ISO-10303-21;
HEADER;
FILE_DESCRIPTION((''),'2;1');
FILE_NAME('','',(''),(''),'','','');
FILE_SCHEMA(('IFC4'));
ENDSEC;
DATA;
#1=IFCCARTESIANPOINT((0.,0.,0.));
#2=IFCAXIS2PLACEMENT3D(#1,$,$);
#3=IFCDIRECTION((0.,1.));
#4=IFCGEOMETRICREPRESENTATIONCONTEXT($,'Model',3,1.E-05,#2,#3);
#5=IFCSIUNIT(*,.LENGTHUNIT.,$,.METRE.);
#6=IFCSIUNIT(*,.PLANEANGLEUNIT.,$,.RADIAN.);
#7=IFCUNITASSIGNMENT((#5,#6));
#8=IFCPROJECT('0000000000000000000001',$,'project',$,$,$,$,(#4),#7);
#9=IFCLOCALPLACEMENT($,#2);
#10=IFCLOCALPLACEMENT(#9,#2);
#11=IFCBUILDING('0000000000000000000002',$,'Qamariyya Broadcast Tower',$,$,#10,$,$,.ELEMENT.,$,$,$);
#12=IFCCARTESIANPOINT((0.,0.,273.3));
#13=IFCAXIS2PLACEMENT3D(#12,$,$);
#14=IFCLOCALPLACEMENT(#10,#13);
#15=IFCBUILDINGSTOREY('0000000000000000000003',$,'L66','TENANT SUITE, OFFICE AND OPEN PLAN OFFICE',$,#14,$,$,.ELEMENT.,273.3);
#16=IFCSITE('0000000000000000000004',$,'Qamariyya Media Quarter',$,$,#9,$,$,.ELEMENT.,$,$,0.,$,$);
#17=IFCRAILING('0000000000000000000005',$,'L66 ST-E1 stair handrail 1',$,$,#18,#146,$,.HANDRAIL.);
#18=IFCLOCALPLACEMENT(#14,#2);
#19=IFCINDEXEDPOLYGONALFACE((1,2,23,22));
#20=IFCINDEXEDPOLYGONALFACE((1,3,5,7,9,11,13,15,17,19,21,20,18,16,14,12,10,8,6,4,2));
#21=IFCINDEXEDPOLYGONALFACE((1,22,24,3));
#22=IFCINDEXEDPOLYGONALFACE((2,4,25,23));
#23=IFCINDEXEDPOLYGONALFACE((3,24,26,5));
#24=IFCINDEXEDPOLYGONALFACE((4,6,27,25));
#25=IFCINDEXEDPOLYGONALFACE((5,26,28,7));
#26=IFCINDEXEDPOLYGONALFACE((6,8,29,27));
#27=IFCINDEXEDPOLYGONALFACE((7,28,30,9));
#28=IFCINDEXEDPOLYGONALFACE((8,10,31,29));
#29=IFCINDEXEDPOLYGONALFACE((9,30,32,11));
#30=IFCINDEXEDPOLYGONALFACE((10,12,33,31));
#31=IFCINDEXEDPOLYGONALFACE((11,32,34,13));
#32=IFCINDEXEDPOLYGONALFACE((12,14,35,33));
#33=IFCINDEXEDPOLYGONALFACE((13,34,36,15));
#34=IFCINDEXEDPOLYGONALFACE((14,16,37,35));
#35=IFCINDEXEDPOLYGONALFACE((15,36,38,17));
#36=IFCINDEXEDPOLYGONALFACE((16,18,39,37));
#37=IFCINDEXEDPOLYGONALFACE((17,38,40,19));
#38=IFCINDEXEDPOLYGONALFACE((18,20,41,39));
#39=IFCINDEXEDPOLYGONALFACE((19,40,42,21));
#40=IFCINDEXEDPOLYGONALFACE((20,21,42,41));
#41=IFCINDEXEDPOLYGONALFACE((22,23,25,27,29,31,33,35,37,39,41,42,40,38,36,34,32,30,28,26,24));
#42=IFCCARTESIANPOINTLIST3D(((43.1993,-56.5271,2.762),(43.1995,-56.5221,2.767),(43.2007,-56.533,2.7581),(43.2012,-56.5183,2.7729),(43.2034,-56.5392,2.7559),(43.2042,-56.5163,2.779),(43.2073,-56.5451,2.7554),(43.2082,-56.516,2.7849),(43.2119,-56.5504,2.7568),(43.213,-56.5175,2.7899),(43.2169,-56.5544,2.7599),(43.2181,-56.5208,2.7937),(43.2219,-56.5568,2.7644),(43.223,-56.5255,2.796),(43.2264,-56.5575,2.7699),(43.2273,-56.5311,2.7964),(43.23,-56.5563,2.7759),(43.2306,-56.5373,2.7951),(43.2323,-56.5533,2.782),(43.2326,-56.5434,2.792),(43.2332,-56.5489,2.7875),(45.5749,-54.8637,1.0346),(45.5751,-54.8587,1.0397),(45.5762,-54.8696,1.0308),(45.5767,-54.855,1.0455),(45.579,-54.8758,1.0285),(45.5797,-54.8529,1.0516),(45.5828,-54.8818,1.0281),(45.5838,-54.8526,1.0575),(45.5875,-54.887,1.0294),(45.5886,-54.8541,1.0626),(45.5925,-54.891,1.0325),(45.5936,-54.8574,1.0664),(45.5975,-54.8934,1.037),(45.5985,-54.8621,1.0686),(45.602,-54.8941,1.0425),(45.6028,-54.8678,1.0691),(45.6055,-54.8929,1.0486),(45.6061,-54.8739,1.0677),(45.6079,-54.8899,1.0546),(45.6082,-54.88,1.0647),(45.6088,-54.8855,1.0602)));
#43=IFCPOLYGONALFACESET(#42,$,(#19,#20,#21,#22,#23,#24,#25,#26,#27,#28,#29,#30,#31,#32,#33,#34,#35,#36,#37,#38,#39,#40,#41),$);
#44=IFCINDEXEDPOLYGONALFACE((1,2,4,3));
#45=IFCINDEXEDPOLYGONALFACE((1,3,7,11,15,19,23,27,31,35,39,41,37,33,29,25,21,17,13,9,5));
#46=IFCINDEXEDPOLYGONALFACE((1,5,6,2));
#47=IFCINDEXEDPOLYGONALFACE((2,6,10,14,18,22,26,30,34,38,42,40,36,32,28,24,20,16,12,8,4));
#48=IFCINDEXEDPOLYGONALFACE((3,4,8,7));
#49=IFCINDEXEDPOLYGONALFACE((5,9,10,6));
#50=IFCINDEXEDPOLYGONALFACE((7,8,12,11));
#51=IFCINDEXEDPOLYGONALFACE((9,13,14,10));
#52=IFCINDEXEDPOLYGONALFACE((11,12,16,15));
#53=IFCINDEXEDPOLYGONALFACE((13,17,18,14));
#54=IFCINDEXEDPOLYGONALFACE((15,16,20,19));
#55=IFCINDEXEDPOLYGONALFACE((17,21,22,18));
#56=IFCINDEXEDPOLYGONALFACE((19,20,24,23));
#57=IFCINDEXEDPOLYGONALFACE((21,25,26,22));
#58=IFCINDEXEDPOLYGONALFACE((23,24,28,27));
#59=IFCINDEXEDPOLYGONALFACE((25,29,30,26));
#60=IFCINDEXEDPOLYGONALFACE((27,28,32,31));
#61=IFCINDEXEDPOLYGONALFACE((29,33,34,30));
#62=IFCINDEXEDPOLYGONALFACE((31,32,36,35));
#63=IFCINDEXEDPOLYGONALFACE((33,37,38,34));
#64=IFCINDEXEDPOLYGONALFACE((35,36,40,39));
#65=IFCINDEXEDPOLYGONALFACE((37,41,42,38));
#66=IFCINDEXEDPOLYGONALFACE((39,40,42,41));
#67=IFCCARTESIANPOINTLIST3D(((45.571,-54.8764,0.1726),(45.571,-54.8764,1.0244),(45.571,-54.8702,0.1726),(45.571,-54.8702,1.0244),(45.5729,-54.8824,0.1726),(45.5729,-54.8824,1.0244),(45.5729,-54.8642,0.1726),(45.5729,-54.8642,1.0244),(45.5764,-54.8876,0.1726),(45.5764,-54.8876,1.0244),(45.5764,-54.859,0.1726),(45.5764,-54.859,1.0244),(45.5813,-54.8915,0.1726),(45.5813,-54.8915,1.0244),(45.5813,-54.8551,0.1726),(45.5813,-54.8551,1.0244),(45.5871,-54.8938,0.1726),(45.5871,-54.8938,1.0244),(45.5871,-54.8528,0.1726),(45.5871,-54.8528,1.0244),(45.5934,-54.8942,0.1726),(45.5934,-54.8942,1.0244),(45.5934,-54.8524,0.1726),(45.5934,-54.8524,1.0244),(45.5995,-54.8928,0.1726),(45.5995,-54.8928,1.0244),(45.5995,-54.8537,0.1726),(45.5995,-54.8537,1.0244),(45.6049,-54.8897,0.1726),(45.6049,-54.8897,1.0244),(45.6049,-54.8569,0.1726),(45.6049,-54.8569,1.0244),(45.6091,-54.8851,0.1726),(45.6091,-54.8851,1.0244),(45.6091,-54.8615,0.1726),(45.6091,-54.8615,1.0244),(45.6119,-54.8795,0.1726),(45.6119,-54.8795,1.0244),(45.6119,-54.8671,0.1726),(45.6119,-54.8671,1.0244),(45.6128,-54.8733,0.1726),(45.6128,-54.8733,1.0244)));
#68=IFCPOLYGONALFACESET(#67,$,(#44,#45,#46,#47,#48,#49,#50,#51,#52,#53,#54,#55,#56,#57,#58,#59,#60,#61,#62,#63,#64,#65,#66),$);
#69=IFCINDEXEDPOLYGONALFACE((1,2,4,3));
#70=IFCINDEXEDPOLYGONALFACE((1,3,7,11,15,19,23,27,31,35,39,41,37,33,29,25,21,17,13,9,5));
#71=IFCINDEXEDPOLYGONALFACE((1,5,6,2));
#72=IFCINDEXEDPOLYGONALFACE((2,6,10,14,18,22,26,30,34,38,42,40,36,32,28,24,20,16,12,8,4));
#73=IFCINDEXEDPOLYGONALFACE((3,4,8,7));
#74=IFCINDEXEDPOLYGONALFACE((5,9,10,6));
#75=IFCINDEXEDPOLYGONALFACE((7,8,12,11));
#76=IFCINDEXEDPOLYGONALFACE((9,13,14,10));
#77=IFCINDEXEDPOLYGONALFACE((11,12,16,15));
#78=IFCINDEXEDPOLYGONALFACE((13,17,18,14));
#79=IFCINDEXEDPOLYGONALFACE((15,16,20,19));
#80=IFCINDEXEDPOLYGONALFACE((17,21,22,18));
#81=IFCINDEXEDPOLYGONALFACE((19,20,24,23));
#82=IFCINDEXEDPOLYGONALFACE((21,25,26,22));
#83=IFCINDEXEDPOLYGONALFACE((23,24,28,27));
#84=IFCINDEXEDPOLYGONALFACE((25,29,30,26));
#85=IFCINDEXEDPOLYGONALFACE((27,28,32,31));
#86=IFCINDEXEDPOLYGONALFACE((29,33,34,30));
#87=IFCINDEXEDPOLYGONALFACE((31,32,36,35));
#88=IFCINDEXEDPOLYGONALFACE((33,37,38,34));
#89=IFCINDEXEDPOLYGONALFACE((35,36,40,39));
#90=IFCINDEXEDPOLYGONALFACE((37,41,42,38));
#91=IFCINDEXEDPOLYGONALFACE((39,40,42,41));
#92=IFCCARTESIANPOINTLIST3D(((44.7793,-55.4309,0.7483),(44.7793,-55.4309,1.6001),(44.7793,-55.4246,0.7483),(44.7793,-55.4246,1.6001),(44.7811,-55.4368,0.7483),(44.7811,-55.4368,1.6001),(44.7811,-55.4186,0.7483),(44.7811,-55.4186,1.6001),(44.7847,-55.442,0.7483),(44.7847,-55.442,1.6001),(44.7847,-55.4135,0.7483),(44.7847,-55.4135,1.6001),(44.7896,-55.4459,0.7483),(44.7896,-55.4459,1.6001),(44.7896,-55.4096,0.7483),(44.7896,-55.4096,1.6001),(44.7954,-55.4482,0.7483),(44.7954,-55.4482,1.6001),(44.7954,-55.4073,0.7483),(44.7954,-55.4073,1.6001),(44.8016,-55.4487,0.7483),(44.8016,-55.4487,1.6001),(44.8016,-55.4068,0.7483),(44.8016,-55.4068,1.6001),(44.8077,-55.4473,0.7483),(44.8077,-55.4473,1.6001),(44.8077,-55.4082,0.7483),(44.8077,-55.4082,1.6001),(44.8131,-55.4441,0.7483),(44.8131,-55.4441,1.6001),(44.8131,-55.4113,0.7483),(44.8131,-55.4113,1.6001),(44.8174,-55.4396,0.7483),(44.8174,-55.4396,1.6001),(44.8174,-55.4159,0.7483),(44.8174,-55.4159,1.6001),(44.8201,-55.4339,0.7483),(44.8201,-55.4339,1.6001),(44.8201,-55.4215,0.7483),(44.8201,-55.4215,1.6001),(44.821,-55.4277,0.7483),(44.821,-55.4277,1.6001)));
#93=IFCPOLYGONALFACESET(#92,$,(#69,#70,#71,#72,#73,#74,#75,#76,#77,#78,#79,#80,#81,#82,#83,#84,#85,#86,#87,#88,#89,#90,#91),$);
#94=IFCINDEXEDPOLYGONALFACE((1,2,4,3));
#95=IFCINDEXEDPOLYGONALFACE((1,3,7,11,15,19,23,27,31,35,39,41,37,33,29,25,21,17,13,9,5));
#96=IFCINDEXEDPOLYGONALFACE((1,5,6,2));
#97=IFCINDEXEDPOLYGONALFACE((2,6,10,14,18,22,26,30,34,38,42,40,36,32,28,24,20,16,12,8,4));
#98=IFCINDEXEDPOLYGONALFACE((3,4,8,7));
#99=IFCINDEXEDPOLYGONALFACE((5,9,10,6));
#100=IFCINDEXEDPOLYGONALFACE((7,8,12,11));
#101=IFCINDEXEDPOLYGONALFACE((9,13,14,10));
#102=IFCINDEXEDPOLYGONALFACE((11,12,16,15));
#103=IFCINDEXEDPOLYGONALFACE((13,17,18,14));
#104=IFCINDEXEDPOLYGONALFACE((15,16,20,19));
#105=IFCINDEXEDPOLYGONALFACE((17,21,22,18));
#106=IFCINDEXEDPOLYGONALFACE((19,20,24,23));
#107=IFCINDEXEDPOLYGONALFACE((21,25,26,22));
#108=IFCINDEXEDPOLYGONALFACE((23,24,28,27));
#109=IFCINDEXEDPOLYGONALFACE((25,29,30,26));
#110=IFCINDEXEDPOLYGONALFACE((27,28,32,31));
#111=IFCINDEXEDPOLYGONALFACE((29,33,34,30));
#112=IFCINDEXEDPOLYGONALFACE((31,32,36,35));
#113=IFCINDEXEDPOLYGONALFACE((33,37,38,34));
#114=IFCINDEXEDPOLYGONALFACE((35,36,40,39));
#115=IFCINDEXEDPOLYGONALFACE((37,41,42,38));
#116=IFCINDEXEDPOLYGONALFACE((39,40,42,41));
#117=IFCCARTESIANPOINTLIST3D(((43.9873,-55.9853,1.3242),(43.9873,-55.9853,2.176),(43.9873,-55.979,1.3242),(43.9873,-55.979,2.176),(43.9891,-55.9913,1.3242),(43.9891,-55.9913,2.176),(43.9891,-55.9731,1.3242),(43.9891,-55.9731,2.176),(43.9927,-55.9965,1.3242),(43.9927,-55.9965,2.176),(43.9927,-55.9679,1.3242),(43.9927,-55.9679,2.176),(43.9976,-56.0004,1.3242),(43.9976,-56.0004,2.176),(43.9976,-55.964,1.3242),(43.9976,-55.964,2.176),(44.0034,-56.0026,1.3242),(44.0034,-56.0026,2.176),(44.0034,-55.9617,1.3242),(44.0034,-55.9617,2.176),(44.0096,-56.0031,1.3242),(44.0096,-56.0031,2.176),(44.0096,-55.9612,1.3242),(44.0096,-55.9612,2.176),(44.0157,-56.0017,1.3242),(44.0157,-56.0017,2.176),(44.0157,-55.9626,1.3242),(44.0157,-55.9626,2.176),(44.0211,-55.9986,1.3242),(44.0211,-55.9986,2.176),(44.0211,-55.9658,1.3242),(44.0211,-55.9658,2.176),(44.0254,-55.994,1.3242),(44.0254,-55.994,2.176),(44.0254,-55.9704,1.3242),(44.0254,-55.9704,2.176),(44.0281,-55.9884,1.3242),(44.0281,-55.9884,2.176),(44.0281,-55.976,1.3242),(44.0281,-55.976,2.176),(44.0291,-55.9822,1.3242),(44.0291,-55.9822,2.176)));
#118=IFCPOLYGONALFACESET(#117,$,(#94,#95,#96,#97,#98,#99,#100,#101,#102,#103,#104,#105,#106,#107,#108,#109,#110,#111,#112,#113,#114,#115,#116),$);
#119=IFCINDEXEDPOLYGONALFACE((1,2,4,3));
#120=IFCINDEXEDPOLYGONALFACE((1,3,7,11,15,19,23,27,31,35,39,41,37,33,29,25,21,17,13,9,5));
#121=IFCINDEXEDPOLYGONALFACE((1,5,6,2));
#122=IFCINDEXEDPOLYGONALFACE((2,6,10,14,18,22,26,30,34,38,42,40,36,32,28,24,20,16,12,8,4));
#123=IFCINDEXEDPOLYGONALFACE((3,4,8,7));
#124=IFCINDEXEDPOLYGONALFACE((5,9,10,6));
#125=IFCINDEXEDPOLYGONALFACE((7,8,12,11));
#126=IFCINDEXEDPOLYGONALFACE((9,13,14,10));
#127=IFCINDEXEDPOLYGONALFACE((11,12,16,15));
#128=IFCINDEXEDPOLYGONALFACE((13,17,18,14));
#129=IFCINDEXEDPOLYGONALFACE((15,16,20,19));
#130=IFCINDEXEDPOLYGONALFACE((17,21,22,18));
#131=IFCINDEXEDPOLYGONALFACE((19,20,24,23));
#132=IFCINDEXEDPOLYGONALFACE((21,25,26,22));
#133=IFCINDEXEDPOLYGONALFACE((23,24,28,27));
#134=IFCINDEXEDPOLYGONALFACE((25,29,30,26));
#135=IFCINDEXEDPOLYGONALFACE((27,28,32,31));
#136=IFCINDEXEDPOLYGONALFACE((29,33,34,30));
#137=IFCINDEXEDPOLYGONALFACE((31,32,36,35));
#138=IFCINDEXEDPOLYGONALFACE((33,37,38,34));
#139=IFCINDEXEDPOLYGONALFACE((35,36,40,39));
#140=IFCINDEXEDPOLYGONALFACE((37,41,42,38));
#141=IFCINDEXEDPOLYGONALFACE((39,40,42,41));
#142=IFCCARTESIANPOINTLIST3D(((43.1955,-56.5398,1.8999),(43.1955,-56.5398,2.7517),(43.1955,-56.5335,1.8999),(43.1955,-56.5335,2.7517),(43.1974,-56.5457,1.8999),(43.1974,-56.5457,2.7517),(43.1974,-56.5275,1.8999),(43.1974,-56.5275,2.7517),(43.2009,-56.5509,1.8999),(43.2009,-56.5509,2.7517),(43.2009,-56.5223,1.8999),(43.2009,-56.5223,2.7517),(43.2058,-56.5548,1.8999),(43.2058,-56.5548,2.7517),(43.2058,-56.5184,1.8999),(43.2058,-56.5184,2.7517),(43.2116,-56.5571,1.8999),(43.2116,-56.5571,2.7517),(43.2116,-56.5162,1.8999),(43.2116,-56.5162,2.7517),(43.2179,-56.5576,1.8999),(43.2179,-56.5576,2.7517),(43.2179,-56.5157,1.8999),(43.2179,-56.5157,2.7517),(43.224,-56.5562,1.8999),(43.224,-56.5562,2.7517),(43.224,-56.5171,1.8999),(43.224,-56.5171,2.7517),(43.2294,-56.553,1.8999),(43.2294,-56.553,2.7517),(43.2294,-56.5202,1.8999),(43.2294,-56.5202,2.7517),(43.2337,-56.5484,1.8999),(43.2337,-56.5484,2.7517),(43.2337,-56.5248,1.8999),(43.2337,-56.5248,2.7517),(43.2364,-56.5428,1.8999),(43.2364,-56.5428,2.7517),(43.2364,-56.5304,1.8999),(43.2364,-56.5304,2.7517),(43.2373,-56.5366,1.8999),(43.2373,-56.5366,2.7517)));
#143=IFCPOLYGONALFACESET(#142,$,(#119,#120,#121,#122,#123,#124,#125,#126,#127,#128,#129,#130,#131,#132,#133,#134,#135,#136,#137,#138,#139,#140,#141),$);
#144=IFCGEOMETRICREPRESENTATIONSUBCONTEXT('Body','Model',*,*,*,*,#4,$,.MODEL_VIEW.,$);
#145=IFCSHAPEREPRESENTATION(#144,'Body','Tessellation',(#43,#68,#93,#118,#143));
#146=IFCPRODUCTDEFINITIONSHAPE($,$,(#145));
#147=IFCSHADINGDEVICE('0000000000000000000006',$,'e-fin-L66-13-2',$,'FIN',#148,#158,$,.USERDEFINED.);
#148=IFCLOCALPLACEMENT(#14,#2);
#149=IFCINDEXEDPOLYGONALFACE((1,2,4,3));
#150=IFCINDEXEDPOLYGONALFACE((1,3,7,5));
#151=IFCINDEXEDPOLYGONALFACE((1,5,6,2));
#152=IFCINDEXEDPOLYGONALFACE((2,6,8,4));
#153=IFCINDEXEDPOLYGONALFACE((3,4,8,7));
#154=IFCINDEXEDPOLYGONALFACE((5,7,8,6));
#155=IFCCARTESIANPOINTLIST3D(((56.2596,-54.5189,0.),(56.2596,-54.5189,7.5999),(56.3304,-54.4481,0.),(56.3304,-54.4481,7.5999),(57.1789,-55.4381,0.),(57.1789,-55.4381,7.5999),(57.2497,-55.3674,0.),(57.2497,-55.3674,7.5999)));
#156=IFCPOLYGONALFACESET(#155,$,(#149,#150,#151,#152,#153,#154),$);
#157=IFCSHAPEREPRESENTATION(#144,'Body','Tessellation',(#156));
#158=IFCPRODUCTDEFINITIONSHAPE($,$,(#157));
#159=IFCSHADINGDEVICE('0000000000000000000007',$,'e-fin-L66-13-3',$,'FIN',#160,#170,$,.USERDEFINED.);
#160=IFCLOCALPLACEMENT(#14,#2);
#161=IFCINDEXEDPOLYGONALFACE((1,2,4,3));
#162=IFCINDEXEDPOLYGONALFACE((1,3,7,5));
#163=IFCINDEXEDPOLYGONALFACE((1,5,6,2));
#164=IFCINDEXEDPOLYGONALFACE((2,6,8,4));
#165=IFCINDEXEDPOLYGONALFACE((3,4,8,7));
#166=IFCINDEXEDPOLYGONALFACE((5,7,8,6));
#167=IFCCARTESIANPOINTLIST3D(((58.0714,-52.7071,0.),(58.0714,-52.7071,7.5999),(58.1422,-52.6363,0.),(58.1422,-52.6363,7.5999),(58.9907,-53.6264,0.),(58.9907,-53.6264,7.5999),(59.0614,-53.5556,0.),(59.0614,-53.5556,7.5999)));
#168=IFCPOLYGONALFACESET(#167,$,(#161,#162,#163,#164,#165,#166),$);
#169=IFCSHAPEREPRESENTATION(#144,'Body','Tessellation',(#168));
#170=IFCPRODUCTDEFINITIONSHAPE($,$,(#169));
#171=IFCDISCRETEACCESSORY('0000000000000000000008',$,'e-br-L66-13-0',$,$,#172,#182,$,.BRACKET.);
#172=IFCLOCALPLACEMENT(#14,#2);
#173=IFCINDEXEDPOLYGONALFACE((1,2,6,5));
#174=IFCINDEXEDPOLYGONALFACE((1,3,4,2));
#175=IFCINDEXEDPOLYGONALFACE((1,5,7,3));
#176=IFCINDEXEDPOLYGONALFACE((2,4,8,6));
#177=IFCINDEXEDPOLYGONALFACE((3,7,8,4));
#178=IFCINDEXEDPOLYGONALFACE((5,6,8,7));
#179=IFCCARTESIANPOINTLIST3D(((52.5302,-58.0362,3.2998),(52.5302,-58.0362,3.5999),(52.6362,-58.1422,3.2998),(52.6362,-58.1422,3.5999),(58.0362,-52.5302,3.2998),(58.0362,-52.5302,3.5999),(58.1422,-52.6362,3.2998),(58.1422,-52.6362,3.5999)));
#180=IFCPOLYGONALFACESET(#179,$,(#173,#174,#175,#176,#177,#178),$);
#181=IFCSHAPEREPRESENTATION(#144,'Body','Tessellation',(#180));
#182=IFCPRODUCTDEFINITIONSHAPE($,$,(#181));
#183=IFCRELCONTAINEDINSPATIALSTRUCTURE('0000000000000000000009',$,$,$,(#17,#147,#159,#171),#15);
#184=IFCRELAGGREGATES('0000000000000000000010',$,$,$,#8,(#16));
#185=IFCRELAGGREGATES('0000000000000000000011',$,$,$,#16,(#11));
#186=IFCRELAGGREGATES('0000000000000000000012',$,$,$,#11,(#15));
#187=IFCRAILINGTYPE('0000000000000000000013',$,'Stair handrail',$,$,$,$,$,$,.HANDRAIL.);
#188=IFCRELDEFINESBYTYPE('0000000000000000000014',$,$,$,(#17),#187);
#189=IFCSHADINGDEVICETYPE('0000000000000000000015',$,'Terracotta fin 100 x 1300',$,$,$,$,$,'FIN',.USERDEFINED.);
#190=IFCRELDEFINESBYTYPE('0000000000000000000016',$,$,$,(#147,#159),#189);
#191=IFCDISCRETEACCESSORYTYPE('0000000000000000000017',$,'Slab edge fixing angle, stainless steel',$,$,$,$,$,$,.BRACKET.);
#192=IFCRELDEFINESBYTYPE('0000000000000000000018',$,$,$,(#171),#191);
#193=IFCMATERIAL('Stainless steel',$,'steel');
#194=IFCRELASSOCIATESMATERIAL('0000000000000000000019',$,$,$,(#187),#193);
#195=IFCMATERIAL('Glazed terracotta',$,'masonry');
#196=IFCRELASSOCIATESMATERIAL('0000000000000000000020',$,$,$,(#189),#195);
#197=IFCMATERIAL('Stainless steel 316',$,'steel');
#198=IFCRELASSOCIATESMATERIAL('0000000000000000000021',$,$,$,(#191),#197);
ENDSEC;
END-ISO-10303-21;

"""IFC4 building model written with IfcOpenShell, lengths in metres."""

from ifc_helpers import new_model, si_unit, direction, frame, origin, origin_2d, place, context, subcontext, project, spatial, rectangle, circle, extrude, material, material_profile, profile_set, type_object, element, save


model = new_model("IFC4")

# Units and contexts
model_context = context("Model", 3, precision=1e-05, world=origin(), true_north=direction((0.0, 1.0)))
body_context = subcontext(model_context, "Body", "Model", "MODEL_VIEW")
ifc_project = project(units=[si_unit("LENGTHUNIT", "METRE"), si_unit("PLANEANGLEUNIT", "RADIAN")], contexts=[model_context])

# Site, building, storey
site_placement = place(None, origin())
site = spatial("IfcSite", under=ifc_project, at=site_placement, Name="Qamariyya Media Quarter", CompositionType="ELEMENT", RefElevation=0.0)
building_placement = place(site_placement, origin())
building = spatial("IfcBuilding", under=site, at=building_placement, Name="Qamariyya Broadcast Tower", CompositionType="ELEMENT")
storey_placement = place(building_placement, frame((0.0, 0.0, 273.3)))
storey = spatial("IfcBuildingStorey", under=building, at=storey_placement, Name="L66", Description="TENANT SUITE, OFFICE AND OPEN PLAN OFFICE", CompositionType="ELEMENT", Elevation=273.3)

# Railing
ifc_material_1 = material(Name="Stainless steel", Category="steel")
railing_type_1 = type_object("IfcRailingType", Name="Stair handrail", PredefinedType="HANDRAIL", material=ifc_material_1)
railing_1_placement = place(storey_placement, frame((45.5918, -54.8733, 0.1726)))
element("IfcRailing", 1, at=railing_1_placement, inside=storey, type_object=railing_type_1, Name="L66 ST-E1 stair handrail 1", PredefinedType="HANDRAIL", context=body_context, shape_type="SweptSolid", body=[
    extrude(circle(Radius=0.0239, at=origin_2d()), frame((0.0, 0.0, 0.876), z_axis=(-0.70377, -0.492784, 0.511734), x_axis=(0.573575, -0.819153, 0.0)), (0.0, 0.0, 1.0), 3.3755),
    extrude(circle(Radius=0.021, at=origin_2d()), origin(), (0.0, 0.0, 1.0), 0.8518),
    extrude(circle(Radius=0.021, at=origin_2d()), frame((-0.7917, -0.5544, 0.5757)), (0.0, 0.0, 1.0), 0.8518),
    extrude(circle(Radius=0.021, at=origin_2d()), frame((-1.5837, -1.1089, 1.1516)), (0.0, 0.0, 1.0), 0.8518),
    extrude(circle(Radius=0.021, at=origin_2d()), frame((-2.3755, -1.6633, 1.7273)), (0.0, 0.0, 1.0), 0.8518),
])

# Shading devices
ifc_material_2 = material(Name="Glazed terracotta", Category="masonry")
ifc_material_profile_1 = material_profile(ifc_material_2, rectangle(XDim=1.3, YDim=0.1001, at=origin_2d()))
ifc_profile_set_1 = profile_set([ifc_material_profile_1], Name="Glazed terracotta")
shading_device_type = type_object("IfcShadingDeviceType", Name="Terracotta fin 100 x 1300", ElementType="FIN", PredefinedType="USERDEFINED", material=ifc_profile_set_1)
for number, where, z_axis, x_axis, name in (
    (2, (56.7546, -54.9431, 0.0), (0.0, 0.0, 1.0), (0.707107, -0.707107, 0.0), "e-fin-L66-13-2"),
    (3, (58.5664, -53.1313, 0.0), (0.0, 0.0, 1.0), (0.707107, -0.707107, 0.0), "e-fin-L66-13-3"),
):
    element("IfcShadingDevice", number, at=place(storey_placement, frame(where, z_axis=z_axis, x_axis=x_axis)), inside=storey, type_object=shading_device_type, Name=name, ObjectType="FIN", PredefinedType="USERDEFINED", context=body_context, shape_type="SweptSolid", body=[
        extrude(rectangle(XDim=1.3, YDim=0.1001, at=origin_2d()), origin(), (0.0, 0.0, 1.0), 7.5999),
    ])

# Discrete accessory
ifc_material_3 = material(Name="Stainless steel 316", Category="steel")
discrete_accessory_type = type_object("IfcDiscreteAccessoryType", Name="Slab edge fixing angle, stainless steel", PredefinedType="BRACKET", material=ifc_material_3)
discrete_accessory_placement = place(storey_placement, frame((55.3362, -55.3362, 3.2998), z_axis=(0.0, 0.0, 1.0), x_axis=(0.707107, 0.707107, 0.0)))
element("IfcDiscreteAccessory", 4, at=discrete_accessory_placement, inside=storey, type_object=discrete_accessory_type, Name="e-br-L66-13-0", PredefinedType="BRACKET", context=body_context, shape_type="SweptSolid", body=[
    extrude(rectangle(XDim=7.7866, YDim=0.1499, at=origin_2d()), origin(), (0.0, 0.0, 1.0), 0.3),
])

save(model, "model.ifc")
